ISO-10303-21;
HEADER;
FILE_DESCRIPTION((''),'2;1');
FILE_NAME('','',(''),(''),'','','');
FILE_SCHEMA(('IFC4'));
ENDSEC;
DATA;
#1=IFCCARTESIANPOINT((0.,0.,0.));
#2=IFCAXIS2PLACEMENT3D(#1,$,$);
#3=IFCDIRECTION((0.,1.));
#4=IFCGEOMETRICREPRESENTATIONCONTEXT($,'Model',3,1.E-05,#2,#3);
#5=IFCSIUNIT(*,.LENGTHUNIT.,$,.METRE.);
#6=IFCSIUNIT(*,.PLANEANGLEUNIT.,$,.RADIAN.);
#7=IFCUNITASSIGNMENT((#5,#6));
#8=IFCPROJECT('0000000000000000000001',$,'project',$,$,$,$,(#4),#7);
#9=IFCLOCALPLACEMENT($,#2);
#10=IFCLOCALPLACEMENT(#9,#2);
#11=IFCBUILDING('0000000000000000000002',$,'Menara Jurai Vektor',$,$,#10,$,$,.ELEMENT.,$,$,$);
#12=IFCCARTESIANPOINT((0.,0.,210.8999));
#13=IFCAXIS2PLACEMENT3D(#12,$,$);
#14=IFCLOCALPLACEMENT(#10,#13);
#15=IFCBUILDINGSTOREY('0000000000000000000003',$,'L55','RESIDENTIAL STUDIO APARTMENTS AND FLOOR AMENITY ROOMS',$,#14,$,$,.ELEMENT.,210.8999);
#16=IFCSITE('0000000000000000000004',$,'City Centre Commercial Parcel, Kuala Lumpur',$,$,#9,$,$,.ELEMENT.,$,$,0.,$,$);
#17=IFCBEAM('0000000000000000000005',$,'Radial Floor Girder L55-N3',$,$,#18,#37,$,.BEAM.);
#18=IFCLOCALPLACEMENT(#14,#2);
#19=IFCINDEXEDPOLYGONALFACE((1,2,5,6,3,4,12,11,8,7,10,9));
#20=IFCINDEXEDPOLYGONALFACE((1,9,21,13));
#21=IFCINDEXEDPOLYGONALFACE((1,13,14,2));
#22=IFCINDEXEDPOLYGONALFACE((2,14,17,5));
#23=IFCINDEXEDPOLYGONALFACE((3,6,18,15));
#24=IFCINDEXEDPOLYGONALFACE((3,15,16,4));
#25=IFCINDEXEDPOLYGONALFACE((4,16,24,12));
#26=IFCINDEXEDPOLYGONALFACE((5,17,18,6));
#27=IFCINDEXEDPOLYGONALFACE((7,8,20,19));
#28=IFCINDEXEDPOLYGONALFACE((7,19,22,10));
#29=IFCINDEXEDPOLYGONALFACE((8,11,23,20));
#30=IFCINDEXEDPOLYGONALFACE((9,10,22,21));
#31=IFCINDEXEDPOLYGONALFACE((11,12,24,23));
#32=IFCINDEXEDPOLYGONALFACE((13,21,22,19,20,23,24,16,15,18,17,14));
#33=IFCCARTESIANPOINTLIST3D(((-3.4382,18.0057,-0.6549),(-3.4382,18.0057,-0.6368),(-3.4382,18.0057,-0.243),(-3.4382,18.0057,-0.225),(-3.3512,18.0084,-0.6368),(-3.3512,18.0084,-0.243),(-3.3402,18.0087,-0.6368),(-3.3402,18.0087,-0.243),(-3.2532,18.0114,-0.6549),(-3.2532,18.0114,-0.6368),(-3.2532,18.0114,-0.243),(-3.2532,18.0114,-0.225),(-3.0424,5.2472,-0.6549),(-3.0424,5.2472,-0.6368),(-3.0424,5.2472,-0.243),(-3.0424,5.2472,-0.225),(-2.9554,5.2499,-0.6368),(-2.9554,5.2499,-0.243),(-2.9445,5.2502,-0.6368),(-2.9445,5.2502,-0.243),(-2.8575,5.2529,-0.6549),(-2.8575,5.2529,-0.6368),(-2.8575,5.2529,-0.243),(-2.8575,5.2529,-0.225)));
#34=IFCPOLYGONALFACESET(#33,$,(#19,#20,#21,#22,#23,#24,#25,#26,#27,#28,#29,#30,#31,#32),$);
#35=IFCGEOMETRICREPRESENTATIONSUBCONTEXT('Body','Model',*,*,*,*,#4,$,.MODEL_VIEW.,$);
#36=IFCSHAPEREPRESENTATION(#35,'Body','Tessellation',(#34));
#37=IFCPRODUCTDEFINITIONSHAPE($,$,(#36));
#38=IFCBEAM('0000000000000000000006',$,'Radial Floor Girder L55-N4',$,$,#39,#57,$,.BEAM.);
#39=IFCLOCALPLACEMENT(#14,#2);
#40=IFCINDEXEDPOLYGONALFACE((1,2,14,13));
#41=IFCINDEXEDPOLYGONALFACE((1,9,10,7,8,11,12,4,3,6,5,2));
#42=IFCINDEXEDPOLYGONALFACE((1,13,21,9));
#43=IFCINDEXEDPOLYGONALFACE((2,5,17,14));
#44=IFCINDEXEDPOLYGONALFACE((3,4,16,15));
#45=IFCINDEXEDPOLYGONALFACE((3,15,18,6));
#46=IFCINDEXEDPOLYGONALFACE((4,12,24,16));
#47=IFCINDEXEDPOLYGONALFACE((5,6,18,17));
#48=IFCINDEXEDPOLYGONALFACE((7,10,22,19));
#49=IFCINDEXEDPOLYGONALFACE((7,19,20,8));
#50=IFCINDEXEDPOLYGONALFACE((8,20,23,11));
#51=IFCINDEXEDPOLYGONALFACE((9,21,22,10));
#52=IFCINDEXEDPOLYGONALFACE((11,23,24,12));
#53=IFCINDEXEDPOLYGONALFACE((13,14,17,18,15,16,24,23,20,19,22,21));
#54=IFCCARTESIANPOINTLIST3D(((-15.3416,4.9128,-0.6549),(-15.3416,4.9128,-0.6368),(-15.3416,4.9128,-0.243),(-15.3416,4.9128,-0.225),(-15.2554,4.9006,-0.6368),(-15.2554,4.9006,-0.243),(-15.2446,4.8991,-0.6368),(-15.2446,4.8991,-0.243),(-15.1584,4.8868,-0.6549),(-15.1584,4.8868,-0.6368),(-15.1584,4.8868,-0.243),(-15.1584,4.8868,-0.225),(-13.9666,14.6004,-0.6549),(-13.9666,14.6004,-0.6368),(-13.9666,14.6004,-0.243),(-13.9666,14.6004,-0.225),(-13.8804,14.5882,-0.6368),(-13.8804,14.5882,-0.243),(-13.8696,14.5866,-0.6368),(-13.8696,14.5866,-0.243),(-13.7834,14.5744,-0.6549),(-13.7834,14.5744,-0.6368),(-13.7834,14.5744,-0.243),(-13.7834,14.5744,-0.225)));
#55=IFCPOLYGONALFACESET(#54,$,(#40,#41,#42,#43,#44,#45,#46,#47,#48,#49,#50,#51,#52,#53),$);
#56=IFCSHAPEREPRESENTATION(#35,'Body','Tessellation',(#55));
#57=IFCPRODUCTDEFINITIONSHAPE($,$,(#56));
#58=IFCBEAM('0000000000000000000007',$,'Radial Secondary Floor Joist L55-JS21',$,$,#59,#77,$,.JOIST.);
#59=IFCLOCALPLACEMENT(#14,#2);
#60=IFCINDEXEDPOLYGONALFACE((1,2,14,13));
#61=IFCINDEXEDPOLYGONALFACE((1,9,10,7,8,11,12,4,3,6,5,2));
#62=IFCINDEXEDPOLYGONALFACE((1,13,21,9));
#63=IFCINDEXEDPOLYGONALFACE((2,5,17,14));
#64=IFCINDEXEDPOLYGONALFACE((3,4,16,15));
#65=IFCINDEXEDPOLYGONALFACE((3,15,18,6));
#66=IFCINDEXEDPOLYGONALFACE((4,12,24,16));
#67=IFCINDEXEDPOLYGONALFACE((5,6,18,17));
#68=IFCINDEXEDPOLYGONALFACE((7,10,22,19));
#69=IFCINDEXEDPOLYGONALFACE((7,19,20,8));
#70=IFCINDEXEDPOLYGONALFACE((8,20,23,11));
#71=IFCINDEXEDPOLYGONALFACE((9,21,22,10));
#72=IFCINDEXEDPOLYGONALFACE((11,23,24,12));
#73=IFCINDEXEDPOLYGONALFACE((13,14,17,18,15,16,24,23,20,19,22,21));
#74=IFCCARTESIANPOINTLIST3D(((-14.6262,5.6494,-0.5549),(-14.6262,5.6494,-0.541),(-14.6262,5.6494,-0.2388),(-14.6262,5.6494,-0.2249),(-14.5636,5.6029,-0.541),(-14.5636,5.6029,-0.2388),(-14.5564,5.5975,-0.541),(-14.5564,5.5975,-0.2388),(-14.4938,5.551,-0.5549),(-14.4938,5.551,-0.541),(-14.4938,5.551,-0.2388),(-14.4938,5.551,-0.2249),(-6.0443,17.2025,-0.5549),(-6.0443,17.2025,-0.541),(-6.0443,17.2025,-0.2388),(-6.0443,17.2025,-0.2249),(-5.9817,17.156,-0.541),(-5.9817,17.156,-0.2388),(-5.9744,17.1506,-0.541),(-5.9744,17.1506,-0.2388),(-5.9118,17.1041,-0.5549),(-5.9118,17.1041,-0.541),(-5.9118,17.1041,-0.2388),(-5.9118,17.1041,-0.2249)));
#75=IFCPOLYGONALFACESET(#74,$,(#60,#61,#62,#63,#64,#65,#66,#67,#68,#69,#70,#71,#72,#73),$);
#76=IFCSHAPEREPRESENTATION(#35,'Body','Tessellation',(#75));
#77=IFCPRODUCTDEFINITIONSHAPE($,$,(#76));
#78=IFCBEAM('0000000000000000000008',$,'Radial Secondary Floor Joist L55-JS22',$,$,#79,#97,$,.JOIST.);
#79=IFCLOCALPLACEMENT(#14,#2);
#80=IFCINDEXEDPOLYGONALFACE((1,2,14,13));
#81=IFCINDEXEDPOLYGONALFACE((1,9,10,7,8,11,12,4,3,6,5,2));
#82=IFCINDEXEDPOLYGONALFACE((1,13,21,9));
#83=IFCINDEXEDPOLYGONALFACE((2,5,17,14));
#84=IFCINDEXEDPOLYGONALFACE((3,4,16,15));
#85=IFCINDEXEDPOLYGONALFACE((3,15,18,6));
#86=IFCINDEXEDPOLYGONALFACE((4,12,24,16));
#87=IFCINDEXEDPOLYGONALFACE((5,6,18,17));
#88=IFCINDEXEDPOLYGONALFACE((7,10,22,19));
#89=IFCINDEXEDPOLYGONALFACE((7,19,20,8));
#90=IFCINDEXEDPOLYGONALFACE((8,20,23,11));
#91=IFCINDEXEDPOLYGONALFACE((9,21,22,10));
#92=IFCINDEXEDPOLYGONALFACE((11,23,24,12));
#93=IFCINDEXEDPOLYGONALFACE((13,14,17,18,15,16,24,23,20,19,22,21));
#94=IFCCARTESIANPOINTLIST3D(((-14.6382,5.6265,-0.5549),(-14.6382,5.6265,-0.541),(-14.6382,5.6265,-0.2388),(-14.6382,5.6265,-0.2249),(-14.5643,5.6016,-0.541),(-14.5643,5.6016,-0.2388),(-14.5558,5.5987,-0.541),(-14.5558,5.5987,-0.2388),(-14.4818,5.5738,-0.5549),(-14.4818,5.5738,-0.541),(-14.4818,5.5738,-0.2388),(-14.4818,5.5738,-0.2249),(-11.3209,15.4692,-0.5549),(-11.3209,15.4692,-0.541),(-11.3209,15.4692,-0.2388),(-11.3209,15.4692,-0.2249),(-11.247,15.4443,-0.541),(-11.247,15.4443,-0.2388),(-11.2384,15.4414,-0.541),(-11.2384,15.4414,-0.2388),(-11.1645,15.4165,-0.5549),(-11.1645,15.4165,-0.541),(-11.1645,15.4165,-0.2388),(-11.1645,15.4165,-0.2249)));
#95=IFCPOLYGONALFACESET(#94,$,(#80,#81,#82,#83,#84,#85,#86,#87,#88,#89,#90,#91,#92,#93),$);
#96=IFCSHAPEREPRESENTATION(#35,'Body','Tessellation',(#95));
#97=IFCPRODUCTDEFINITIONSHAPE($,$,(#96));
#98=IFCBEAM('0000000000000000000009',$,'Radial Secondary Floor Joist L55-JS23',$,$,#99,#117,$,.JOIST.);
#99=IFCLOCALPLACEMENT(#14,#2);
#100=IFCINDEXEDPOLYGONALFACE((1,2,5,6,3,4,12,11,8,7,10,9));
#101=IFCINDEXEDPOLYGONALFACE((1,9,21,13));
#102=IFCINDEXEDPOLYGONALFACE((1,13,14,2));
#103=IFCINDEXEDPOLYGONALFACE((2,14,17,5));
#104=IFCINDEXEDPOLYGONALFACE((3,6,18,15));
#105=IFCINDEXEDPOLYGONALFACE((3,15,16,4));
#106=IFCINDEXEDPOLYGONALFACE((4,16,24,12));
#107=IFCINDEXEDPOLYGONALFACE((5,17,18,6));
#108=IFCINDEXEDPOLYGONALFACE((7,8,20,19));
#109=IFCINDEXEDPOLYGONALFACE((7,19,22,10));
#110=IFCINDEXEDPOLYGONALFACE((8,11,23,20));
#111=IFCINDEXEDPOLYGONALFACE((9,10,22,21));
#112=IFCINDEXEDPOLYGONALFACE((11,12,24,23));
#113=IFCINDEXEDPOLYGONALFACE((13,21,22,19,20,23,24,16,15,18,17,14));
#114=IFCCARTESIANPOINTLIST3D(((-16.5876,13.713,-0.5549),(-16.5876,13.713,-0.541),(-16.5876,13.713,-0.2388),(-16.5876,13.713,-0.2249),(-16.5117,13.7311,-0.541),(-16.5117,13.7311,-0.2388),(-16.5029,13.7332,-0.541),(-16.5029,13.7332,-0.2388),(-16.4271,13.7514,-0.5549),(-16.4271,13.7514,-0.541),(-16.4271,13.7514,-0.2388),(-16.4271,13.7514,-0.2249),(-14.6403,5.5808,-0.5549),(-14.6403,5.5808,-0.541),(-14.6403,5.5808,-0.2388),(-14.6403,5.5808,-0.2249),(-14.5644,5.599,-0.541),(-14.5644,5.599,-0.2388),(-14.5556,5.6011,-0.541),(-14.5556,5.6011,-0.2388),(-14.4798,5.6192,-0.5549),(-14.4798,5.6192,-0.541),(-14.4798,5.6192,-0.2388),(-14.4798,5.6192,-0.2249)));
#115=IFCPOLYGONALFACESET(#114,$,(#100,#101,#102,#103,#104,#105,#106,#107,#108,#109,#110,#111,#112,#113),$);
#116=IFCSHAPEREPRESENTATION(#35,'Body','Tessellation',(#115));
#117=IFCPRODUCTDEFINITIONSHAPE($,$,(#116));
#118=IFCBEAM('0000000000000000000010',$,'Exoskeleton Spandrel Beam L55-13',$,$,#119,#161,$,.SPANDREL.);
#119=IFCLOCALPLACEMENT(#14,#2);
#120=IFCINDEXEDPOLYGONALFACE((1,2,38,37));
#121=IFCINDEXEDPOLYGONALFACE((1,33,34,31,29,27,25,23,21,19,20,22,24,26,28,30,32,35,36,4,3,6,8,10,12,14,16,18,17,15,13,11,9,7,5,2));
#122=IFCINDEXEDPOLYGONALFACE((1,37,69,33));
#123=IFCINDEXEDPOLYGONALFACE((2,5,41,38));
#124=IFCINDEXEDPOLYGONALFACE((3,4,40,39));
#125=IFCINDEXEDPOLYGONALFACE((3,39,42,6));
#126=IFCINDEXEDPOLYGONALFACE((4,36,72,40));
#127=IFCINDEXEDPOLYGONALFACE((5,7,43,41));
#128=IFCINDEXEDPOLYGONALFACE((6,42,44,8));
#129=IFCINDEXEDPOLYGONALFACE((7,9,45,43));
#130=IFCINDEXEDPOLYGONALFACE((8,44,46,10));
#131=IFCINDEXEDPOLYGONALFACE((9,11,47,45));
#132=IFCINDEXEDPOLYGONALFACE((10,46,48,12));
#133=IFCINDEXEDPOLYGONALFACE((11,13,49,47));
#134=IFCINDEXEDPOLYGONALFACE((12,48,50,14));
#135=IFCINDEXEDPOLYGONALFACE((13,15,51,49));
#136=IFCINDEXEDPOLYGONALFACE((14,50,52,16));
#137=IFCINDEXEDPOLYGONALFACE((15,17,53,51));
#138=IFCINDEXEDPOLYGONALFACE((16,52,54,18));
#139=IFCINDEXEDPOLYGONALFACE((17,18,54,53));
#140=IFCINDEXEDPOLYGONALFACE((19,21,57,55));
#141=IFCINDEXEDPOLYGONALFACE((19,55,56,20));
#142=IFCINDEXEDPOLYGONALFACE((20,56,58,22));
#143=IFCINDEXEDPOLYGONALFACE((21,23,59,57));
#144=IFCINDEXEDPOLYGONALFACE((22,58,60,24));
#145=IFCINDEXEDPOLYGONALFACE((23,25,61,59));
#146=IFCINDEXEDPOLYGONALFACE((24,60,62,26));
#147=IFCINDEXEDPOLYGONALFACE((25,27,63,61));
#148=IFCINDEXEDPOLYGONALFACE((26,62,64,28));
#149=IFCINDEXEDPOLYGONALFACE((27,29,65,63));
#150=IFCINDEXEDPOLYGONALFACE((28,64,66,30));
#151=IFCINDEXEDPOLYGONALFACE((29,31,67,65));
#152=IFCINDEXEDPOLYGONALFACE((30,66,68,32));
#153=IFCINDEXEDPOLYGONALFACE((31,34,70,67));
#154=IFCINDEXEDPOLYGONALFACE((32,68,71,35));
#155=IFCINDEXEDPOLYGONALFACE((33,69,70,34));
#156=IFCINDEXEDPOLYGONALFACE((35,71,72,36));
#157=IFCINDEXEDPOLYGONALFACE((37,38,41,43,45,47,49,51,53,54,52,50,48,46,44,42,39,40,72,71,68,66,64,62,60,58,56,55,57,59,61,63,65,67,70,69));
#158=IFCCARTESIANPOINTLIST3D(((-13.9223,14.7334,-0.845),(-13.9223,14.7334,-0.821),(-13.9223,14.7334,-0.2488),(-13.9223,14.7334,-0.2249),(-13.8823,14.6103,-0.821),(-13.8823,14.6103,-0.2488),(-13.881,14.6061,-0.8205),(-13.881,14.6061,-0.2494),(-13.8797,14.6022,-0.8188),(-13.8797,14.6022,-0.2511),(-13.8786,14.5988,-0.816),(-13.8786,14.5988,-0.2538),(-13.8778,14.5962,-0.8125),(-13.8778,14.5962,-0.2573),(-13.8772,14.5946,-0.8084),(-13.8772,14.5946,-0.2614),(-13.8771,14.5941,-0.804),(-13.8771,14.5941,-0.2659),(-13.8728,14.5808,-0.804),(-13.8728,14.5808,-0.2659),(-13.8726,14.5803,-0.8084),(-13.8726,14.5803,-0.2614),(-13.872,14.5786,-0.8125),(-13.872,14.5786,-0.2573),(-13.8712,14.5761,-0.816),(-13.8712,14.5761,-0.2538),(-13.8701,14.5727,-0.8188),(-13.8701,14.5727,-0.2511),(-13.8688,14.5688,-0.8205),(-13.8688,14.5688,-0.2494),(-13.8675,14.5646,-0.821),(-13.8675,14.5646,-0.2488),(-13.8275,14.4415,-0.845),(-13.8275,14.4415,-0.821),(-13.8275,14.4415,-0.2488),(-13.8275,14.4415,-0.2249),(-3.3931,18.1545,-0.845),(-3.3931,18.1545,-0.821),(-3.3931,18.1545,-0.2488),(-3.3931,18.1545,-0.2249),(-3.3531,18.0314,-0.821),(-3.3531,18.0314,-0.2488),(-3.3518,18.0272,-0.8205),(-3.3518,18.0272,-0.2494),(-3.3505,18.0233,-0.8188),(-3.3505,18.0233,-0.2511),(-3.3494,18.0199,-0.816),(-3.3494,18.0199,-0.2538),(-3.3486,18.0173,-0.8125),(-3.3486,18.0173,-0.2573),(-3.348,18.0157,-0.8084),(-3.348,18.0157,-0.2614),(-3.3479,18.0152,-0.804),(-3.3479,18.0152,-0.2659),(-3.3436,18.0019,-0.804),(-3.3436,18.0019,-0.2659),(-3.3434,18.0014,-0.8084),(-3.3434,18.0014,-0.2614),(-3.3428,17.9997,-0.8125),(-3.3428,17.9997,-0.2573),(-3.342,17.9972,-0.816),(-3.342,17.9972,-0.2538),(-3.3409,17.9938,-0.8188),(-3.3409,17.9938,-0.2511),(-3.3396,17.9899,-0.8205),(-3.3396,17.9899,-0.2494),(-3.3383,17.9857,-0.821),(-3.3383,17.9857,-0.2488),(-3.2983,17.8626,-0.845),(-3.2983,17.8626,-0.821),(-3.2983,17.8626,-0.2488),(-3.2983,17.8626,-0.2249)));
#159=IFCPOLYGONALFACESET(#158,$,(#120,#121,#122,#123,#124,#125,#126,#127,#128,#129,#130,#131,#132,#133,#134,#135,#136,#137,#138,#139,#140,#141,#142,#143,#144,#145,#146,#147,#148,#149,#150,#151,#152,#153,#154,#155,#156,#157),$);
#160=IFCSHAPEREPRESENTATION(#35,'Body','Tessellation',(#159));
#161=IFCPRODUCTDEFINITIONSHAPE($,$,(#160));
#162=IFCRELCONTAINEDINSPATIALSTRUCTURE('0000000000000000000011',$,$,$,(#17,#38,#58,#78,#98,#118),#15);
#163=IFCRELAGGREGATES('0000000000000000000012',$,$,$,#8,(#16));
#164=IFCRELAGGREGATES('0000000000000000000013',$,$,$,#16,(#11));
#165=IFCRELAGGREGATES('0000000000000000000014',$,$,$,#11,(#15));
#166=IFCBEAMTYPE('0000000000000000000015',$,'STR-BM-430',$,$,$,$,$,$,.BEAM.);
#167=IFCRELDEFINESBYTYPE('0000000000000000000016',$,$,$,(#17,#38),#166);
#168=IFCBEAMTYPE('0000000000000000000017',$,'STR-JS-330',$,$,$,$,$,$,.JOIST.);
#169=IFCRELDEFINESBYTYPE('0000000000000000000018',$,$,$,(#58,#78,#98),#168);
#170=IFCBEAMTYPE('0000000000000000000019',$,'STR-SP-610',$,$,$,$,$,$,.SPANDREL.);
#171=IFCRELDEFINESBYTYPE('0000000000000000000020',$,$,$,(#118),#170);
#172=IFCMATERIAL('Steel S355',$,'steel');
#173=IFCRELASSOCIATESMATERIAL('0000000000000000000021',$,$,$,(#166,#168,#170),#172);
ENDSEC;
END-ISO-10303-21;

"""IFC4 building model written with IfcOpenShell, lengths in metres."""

from ifc_helpers import new_model, si_unit, direction, frame, origin, origin_2d, place, context, subcontext, project, spatial, i_section, extrude, material, material_profile, profile_set, type_object, element, save


model = new_model("IFC4")

# Units and contexts
model_context = context("Model", 3, precision=1e-05, world=origin(), true_north=direction((0.0, 1.0)))
body_context = subcontext(model_context, "Body", "Model", "MODEL_VIEW")
ifc_project = project(units=[si_unit("LENGTHUNIT", "METRE"), si_unit("PLANEANGLEUNIT", "RADIAN")], contexts=[model_context])

# Site, building, storey
site_placement = place(None, origin())
site = spatial("IfcSite", under=ifc_project, at=site_placement, Name="City Centre Commercial Parcel, Kuala Lumpur", CompositionType="ELEMENT", RefElevation=0.0)
building_placement = place(site_placement, origin())
building = spatial("IfcBuilding", under=site, at=building_placement, Name="Menara Jurai Vektor", CompositionType="ELEMENT")
storey_placement = place(building_placement, frame((0.0, 0.0, 210.8999)))
storey = spatial("IfcBuildingStorey", under=building, at=storey_placement, Name="L55", Description="RESIDENTIAL STUDIO APARTMENTS AND FLOOR AMENITY ROOMS", CompositionType="ELEMENT", Elevation=210.8999)

# Beams
ifc_material_1 = material(Name="Steel S355", Category="steel")
ifc_material_profile_1 = material_profile(ifc_material_1, i_section(OverallWidth=0.1851, OverallDepth=0.4299, WebThickness=0.011, FlangeThickness=0.0181, at=origin_2d()), Name="PG 430x185x76")
ifc_profile_set_1 = profile_set([ifc_material_profile_1], Name="Steel S355")
beam_type_1 = type_object("IfcBeamType", Name="STR-BM-430", PredefinedType="BEAM", material=ifc_profile_set_1)
beam_1_placement = place(storey_placement, frame((-3.3457, 18.0085, -0.4399), z_axis=(0.031004, -0.999519, 0.0), x_axis=(0.999519, 0.031004, 0.0)))
element("IfcBeam", 1, at=beam_1_placement, inside=storey, type_object=beam_type_1, Name="Radial Floor Girder L55-N3", PredefinedType="BEAM", context=body_context, shape_type="SweptSolid", body=[
    extrude(i_section(OverallWidth=0.1851, OverallDepth=0.4299, WebThickness=0.011, FlangeThickness=0.0181, at=origin_2d()), origin(), (0.0, 0.0, 1.0), 12.7646),
])
beam_2_placement = place(storey_placement, frame((-13.875, 14.5874, -0.4399), z_axis=(-0.140527, -0.990077, 0.0), x_axis=(0.990077, -0.140527, 0.0)))
element("IfcBeam", 2, at=beam_2_placement, inside=storey, type_object=beam_type_1, Name="Radial Floor Girder L55-N4", PredefinedType="BEAM", context=body_context, shape_type="SweptSolid", body=[
    extrude(i_section(OverallWidth=0.1851, OverallDepth=0.4299, WebThickness=0.011, FlangeThickness=0.0181, at=origin_2d()), origin(), (0.0, 0.0, 1.0), 9.7847),
])
ifc_material_profile_2 = material_profile(ifc_material_1, i_section(OverallWidth=0.165, OverallDepth=0.3301, WebThickness=0.009, FlangeThickness=0.0139, at=origin_2d()), Name="PG 330x165x46")
ifc_profile_set_2 = profile_set([ifc_material_profile_2], Name="Steel S355")
beam_type_2 = type_object("IfcBeamType", Name="STR-JS-330", PredefinedType="JOIST", material=ifc_profile_set_2)
beam_3_placement = place(storey_placement, frame((-5.978, 17.1533, -0.3899), z_axis=(-0.596308, -0.802756, 0.0), x_axis=(0.802756, -0.596308, 0.0)))
element("IfcBeam", 3, at=beam_3_placement, inside=storey, type_object=beam_type_2, Name="Radial Secondary Floor Joist L55-JS21", PredefinedType="JOIST", context=body_context, shape_type="SweptSolid", body=[
    extrude(i_section(OverallWidth=0.165, OverallDepth=0.3301, WebThickness=0.009, FlangeThickness=0.0139, at=origin_2d()), origin(), (0.0, 0.0, 1.0), 14.3918),
])
beam_4_placement = place(storey_placement, frame((-11.2427, 15.4429, -0.3899), z_axis=(-0.319385, -0.947625, 0.0), x_axis=(0.947625, -0.319385, 0.0)))
element("IfcBeam", 4, at=beam_4_placement, inside=storey, type_object=beam_type_2, Name="Radial Secondary Floor Joist L55-JS22", PredefinedType="JOIST", context=body_context, shape_type="SweptSolid", body=[
    extrude(i_section(OverallWidth=0.165, OverallDepth=0.3301, WebThickness=0.009, FlangeThickness=0.0139, at=origin_2d()), origin(), (0.0, 0.0, 1.0), 10.3867),
])
beam_5_placement = place(storey_placement, frame((-16.5073, 13.7322, -0.3899), z_axis=(0.232872, -0.972507, 0.0), x_axis=(0.972507, 0.232872, 0.0)))
element("IfcBeam", 5, at=beam_5_placement, inside=storey, type_object=beam_type_2, Name="Radial Secondary Floor Joist L55-JS23", PredefinedType="JOIST", context=body_context, shape_type="SweptSolid", body=[
    extrude(i_section(OverallWidth=0.165, OverallDepth=0.3301, WebThickness=0.009, FlangeThickness=0.0139, at=origin_2d()), origin(), (0.0, 0.0, 1.0), 8.3621),
])
ifc_material_profile_3 = material_profile(ifc_material_1, i_section(OverallWidth=0.3069, OverallDepth=0.6201, WebThickness=0.0139, FlangeThickness=0.0239, FilletRadius=0.0171, at=origin_2d()), Name="UKB 610x305x179")
ifc_profile_set_3 = profile_set([ifc_material_profile_3], Name="Steel S355")
beam_type_3 = type_object("IfcBeamType", Name="STR-SP-610", PredefinedType="SPANDREL", material=ifc_profile_set_3)
for number, where, z_axis, x_axis, name in (
    (6, (-3.3457, 18.0085, -0.5349), (-0.951057, -0.309014, 0.0), (0.309014, -0.951057, 0.0), "Exoskeleton Spandrel Beam L55-13"),
):
    element("IfcBeam", number, at=place(storey_placement, frame(where, z_axis=z_axis, x_axis=x_axis)), inside=storey, type_object=beam_type_3, Name=name, PredefinedType="SPANDREL", context=body_context, shape_type="SweptSolid", body=[
        extrude(i_section(OverallWidth=0.3069, OverallDepth=0.6201, WebThickness=0.0139, FlangeThickness=0.0239, FilletRadius=0.0171, at=origin_2d()), origin(), (0.0, 0.0, 1.0), 11.071),
    ])

save(model, "model.ifc")
